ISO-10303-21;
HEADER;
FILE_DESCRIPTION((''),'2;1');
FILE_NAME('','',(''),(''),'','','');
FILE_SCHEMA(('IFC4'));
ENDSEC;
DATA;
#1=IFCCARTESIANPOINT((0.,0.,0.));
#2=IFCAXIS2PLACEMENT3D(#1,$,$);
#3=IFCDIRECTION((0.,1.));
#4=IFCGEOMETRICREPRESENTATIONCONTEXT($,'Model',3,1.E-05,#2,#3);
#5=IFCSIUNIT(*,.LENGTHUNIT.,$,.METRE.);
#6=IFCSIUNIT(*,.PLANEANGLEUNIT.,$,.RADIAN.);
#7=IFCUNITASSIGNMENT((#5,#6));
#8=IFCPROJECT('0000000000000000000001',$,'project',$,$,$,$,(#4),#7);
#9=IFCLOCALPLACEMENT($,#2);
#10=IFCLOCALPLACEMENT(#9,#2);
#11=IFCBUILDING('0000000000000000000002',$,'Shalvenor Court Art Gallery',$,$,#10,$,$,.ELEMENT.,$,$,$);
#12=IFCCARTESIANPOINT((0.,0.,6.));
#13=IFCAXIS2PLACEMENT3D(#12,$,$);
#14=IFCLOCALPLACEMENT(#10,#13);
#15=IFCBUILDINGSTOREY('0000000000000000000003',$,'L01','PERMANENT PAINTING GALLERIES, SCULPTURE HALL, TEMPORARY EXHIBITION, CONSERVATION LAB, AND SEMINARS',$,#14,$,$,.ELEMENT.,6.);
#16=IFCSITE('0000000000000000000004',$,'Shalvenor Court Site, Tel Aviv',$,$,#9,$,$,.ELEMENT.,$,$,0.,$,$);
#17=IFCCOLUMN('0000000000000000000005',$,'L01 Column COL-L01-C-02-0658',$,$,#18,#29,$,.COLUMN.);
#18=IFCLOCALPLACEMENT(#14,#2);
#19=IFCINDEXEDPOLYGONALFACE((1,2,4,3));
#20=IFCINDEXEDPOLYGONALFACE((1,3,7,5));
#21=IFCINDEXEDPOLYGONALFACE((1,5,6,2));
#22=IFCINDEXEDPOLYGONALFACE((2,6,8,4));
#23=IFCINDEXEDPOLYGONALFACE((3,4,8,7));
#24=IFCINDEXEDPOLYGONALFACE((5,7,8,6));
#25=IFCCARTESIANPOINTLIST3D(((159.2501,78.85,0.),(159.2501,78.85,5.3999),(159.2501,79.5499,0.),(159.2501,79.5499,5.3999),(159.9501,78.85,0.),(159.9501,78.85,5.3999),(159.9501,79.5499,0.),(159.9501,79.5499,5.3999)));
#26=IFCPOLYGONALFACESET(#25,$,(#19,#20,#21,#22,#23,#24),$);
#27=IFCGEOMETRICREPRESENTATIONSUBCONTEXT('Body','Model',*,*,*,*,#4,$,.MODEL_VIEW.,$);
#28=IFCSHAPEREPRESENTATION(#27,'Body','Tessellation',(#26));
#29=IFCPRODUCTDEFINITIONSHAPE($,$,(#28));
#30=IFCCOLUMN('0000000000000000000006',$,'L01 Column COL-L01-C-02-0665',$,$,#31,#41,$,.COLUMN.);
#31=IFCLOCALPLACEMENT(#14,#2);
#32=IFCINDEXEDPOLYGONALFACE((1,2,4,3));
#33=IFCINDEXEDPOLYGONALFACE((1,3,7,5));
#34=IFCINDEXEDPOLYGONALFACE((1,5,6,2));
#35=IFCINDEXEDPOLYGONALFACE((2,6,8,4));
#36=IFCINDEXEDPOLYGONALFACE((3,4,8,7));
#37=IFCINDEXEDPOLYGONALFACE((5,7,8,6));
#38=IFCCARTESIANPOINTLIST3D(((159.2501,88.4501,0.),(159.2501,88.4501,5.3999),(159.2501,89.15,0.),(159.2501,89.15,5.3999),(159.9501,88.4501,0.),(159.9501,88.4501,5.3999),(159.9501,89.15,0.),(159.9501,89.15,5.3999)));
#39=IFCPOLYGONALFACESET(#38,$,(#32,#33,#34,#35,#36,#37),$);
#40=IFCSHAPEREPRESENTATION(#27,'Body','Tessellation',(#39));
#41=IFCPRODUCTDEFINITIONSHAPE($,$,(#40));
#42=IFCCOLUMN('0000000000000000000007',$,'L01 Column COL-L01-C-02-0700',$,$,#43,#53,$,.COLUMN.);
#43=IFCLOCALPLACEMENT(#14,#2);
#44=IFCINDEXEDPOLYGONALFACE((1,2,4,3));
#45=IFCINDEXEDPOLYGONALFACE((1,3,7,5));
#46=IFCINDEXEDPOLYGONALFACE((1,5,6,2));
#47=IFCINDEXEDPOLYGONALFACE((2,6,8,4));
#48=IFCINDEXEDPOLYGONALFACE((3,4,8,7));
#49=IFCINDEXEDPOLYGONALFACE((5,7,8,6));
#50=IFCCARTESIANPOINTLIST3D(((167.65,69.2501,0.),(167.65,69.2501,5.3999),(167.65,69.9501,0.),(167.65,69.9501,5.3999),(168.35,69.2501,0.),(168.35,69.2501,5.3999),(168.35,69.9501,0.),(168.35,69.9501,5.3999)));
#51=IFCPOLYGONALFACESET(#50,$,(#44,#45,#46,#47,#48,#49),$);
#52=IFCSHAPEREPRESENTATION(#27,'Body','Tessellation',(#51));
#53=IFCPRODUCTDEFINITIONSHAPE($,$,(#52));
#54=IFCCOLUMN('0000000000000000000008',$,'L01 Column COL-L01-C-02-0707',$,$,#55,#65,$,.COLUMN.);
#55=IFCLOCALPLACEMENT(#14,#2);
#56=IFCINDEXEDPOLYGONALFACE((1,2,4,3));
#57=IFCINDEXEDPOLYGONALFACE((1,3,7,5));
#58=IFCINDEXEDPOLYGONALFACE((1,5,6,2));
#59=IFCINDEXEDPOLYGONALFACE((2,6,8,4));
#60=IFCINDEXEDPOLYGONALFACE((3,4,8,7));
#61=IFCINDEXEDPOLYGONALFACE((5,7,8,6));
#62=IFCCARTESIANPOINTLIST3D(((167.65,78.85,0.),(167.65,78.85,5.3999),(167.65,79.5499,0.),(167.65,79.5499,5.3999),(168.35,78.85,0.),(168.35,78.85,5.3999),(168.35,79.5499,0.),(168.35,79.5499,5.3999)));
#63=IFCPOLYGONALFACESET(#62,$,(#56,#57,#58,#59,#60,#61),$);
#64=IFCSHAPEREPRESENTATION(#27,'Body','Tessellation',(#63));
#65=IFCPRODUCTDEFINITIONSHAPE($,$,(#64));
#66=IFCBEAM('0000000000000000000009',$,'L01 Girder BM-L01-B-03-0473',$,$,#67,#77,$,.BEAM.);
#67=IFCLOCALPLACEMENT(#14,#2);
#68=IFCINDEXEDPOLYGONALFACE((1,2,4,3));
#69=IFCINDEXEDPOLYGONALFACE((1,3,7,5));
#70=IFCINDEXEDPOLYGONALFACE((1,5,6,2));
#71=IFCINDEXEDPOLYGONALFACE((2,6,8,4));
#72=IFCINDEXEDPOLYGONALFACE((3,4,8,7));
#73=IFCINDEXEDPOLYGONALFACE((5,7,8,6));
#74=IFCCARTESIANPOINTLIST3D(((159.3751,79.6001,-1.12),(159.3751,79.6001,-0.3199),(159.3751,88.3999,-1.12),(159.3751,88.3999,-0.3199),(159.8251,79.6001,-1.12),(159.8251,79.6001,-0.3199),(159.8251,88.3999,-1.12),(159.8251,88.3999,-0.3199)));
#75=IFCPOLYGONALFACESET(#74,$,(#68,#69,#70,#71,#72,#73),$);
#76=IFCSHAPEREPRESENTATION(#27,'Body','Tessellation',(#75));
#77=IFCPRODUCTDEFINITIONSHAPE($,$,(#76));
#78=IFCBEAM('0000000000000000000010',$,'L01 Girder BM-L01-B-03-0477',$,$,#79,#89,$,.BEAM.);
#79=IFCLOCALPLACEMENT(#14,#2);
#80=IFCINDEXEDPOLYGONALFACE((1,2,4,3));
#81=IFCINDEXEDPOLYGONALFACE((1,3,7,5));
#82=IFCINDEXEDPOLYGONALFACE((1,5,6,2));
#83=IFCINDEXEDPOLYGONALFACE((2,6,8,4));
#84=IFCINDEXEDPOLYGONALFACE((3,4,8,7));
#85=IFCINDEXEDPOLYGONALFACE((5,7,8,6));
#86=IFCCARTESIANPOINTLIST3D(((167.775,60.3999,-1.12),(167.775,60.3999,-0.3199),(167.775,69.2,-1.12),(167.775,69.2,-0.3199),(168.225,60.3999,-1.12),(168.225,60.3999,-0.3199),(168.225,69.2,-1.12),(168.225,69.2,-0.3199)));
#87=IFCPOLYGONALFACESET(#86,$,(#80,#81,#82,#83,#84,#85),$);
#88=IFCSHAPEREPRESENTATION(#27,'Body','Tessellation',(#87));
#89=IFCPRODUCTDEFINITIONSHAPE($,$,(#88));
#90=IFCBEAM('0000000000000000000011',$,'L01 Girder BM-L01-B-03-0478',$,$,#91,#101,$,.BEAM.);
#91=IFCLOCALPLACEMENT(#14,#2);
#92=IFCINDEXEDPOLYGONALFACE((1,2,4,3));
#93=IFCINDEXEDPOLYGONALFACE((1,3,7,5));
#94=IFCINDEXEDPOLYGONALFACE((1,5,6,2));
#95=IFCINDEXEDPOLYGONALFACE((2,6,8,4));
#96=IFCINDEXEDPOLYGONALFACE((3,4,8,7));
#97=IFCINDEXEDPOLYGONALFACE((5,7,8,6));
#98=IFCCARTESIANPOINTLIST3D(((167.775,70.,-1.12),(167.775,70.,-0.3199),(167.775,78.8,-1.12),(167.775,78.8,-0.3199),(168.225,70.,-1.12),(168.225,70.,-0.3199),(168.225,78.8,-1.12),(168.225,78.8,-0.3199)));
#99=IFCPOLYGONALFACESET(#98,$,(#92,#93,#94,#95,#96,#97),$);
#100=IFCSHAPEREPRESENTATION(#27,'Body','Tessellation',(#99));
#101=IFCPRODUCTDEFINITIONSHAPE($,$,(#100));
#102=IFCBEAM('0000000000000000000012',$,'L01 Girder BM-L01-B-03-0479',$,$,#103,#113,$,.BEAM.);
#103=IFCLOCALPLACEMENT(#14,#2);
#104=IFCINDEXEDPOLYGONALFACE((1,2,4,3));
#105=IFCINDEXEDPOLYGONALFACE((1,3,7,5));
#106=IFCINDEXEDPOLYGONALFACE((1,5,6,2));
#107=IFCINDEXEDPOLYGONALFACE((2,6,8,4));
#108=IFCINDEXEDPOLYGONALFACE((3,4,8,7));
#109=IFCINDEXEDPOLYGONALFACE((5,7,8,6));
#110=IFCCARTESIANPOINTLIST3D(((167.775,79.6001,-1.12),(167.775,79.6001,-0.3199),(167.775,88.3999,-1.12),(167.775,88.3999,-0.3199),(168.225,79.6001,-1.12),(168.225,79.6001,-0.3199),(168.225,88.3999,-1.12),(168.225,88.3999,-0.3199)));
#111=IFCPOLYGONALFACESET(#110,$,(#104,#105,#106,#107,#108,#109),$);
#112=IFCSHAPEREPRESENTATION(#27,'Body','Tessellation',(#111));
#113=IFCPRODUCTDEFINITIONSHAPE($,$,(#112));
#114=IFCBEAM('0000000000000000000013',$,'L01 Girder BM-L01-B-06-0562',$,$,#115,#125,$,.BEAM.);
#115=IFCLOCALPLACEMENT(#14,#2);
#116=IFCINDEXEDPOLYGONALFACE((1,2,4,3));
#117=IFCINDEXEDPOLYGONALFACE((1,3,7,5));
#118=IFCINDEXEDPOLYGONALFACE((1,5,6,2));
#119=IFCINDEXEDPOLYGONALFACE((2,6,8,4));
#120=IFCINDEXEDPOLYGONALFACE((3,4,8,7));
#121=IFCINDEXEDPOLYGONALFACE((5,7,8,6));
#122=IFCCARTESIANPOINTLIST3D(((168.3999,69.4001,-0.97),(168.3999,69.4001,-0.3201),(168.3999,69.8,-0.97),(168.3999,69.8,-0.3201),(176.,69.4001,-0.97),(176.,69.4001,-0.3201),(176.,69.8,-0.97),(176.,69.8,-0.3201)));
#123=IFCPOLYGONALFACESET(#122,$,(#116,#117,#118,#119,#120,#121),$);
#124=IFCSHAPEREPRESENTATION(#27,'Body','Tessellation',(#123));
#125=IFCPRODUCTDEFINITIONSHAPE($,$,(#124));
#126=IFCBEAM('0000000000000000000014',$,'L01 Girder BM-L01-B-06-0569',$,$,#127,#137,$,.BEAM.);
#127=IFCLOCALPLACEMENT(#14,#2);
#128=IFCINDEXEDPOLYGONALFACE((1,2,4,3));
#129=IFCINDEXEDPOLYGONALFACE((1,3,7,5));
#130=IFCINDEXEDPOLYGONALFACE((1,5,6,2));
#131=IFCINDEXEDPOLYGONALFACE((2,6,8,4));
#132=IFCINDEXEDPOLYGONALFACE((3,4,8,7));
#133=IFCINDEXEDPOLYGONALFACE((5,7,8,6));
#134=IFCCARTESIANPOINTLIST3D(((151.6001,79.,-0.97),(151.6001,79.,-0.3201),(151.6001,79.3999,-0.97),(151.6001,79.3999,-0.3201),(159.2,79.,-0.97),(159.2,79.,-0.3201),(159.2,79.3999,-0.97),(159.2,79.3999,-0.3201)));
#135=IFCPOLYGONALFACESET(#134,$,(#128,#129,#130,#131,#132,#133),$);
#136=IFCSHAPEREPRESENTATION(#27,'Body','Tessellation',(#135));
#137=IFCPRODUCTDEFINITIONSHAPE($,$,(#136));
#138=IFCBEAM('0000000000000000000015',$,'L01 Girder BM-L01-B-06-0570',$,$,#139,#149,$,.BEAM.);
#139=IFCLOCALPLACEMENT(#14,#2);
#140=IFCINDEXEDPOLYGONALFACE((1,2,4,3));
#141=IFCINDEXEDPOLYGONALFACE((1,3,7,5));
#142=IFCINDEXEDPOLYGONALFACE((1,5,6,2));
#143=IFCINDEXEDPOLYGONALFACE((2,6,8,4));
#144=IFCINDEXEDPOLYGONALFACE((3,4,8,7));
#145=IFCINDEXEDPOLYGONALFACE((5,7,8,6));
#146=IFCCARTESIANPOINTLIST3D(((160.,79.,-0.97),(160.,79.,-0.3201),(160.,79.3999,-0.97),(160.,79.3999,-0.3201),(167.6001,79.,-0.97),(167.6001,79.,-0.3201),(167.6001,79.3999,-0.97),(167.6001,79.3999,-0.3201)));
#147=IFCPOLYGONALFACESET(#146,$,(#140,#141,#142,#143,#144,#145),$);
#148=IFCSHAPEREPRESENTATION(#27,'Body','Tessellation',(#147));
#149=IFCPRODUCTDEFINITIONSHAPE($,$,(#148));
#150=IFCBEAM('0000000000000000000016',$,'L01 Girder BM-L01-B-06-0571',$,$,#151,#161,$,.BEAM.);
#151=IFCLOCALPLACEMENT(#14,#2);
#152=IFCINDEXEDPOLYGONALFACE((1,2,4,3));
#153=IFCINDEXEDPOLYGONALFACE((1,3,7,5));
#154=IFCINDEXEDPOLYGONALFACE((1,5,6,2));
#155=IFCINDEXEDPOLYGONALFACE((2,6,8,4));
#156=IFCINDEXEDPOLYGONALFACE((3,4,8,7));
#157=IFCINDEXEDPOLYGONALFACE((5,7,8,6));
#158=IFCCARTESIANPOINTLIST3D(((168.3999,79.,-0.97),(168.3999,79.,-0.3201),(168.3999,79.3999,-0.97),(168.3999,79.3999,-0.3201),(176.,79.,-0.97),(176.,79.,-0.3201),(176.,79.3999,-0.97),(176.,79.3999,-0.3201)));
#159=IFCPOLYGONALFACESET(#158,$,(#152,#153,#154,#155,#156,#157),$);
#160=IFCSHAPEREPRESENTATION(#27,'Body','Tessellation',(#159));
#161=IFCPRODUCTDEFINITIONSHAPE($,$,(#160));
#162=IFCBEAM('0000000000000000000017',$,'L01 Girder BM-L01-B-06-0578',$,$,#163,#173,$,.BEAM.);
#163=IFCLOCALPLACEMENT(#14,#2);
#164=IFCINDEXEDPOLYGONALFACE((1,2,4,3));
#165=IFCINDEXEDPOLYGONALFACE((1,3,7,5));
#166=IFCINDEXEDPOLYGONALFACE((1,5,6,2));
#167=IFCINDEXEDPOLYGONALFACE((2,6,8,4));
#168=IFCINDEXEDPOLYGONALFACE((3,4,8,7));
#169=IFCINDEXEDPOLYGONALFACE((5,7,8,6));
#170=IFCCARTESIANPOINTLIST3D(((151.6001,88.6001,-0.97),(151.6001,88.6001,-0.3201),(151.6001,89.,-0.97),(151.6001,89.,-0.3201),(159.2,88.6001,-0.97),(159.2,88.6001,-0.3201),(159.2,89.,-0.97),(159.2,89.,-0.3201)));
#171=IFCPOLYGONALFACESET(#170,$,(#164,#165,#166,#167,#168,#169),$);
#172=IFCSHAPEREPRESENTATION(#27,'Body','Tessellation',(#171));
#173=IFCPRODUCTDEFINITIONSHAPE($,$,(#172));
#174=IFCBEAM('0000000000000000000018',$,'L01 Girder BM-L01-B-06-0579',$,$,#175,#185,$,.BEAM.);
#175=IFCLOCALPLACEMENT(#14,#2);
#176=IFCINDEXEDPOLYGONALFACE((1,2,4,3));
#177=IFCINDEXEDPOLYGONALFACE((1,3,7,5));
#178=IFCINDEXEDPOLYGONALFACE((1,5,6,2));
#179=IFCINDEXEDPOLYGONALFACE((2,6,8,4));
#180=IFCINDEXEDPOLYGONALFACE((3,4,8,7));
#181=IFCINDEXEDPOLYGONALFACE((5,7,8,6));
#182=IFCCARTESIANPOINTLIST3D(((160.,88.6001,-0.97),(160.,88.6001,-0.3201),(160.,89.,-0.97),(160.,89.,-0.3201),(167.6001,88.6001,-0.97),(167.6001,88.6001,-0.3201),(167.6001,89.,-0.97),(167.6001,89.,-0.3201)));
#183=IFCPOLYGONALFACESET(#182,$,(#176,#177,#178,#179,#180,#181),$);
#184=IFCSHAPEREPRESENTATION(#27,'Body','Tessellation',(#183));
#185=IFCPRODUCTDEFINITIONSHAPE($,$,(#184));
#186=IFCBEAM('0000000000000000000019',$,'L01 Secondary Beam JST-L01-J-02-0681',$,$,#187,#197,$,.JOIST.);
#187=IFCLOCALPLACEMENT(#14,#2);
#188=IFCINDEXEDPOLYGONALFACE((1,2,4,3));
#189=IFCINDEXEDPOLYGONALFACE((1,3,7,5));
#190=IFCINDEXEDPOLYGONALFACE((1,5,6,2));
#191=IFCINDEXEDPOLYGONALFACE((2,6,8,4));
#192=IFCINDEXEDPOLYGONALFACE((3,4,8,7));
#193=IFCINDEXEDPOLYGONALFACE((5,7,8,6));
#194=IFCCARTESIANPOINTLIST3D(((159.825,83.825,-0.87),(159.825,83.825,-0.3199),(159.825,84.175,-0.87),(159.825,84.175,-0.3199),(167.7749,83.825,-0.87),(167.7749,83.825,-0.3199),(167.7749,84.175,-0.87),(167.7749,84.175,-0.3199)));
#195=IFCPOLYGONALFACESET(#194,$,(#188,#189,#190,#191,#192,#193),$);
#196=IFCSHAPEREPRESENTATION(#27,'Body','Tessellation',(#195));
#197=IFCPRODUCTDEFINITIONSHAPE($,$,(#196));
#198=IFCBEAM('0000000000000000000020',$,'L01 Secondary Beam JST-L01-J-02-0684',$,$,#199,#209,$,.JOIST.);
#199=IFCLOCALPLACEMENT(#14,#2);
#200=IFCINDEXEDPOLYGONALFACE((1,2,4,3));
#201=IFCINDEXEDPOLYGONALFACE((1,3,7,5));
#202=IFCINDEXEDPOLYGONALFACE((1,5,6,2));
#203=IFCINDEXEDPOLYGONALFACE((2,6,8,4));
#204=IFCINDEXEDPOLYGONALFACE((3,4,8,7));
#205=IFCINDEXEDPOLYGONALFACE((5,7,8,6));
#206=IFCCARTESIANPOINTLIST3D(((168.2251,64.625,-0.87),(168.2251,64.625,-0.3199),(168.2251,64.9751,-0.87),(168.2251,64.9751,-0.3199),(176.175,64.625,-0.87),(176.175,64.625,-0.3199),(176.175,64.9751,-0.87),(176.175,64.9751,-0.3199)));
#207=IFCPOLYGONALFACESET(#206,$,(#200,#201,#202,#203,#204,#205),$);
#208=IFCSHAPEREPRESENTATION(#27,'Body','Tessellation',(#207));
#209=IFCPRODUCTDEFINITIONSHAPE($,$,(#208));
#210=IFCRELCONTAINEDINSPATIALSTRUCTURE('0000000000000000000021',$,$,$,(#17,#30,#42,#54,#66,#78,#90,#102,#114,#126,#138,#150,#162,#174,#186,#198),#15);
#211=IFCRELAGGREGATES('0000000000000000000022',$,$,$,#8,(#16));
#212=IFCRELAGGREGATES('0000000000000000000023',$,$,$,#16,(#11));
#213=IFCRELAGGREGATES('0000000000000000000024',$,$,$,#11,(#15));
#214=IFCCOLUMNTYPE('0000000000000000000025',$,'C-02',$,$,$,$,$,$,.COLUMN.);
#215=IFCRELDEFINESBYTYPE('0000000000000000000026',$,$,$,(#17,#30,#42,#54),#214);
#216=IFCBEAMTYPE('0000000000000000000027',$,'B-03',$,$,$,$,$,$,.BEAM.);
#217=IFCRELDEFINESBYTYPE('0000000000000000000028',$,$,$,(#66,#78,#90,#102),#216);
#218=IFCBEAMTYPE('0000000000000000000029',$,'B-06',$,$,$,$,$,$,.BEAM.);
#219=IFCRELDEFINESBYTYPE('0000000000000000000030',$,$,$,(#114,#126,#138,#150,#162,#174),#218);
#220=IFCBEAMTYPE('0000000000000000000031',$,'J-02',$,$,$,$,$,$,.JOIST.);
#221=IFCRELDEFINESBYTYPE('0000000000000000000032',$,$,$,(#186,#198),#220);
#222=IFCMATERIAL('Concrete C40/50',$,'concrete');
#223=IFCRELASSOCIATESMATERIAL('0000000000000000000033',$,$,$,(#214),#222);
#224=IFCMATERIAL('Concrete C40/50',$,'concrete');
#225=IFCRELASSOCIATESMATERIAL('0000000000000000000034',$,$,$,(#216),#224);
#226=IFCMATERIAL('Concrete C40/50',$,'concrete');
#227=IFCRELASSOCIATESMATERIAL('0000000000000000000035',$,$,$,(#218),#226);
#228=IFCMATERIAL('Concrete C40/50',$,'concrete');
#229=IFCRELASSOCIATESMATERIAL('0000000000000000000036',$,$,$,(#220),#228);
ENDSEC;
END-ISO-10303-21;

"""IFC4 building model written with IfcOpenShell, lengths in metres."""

from ifc_helpers import new_model, si_unit, direction, frame, origin, origin_2d, place, context, subcontext, project, spatial, rectangle, extrude, material, material_profile, profile_set, type_object, element, save


model = new_model("IFC4")

# Units and contexts
model_context = context("Model", 3, precision=1e-05, world=origin(), true_north=direction((0.0, 1.0)))
body_context = subcontext(model_context, "Body", "Model", "MODEL_VIEW")
ifc_project = project(units=[si_unit("LENGTHUNIT", "METRE"), si_unit("PLANEANGLEUNIT", "RADIAN")], contexts=[model_context])

# Site, building, storey
site_placement = place(None, origin())
site = spatial("IfcSite", under=ifc_project, at=site_placement, Name="Shalvenor Court Site, Tel Aviv", CompositionType="ELEMENT", RefElevation=0.0)
building_placement = place(site_placement, origin())
building = spatial("IfcBuilding", under=site, at=building_placement, Name="Shalvenor Court Art Gallery", CompositionType="ELEMENT")
storey_placement = place(building_placement, frame((0.0, 0.0, 6.0)))
storey = spatial("IfcBuildingStorey", under=building, at=storey_placement, Name="L01", Description="PERMANENT PAINTING GALLERIES, SCULPTURE HALL, TEMPORARY EXHIBITION, CONSERVATION LAB, AND SEMINARS", CompositionType="ELEMENT", Elevation=6.0)

# Columns
ifc_material_1 = material(Name="Concrete C40/50", Category="concrete")
ifc_material_profile_1 = material_profile(ifc_material_1, rectangle(XDim=0.7, YDim=0.7, at=origin_2d()), Name="RC 700x700")
ifc_profile_set_1 = profile_set([ifc_material_profile_1], Name="Concrete C40/50")
column_type = type_object("IfcColumnType", Name="C-02", PredefinedType="COLUMN", material=ifc_profile_set_1)
for number, where, z_axis, x_axis, name in (
    (1, (159.6001, 79.2, 0.0), (0.0, 0.0, 1.0), (1.0, 0.0, 0.0), "L01 Column COL-L01-C-02-0658"),
    (2, (159.6001, 88.8, 0.0), (0.0, 0.0, 1.0), (1.0, 0.0, 0.0), "L01 Column COL-L01-C-02-0665"),
    (3, (168.0, 69.6001, 0.0), (0.0, 0.0, 1.0), (1.0, 0.0, 0.0), "L01 Column COL-L01-C-02-0700"),
    (4, (168.0, 79.2, 0.0), (0.0, 0.0, 1.0), (1.0, 0.0, 0.0), "L01 Column COL-L01-C-02-0707"),
):
    element("IfcColumn", number, at=place(storey_placement, frame(where, z_axis=z_axis, x_axis=x_axis)), inside=storey, type_object=column_type, Name=name, PredefinedType="COLUMN", context=body_context, shape_type="SweptSolid", body=[
        extrude(rectangle(XDim=0.7, YDim=0.7, at=origin_2d()), origin(), (0.0, 0.0, 1.0), 5.3999),
    ])

# Beams
ifc_material_2 = material(Name="Concrete C40/50", Category="concrete")
ifc_material_profile_2 = material_profile(ifc_material_2, rectangle(XDim=0.45, YDim=0.8, at=origin_2d()), Name="RC 450x800")
ifc_profile_set_2 = profile_set([ifc_material_profile_2], Name="Concrete C40/50")
beam_type_1 = type_object("IfcBeamType", Name="B-03", PredefinedType="BEAM", material=ifc_profile_set_2)
beam_1_placement = place(storey_placement, frame((159.6001, 79.6001, -0.72), z_axis=(0.0, 1.0, 0.0), x_axis=(-1.0, 0.0, 0.0)))
element("IfcBeam", 5, at=beam_1_placement, inside=storey, type_object=beam_type_1, Name="L01 Girder BM-L01-B-03-0473", PredefinedType="BEAM", context=body_context, shape_type="SweptSolid", body=[
    extrude(rectangle(XDim=0.45, YDim=0.8, at=origin_2d()), origin(), (0.0, 0.0, 1.0), 8.7998),
])
for number, where, z_axis, x_axis, name in (
    (6, (168.0, 60.3999, -0.72), (0.0, 1.0, 0.0), (-1.0, 0.0, 0.0), "L01 Girder BM-L01-B-03-0477"),
    (7, (168.0, 70.0, -0.72), (0.0, 1.0, 0.0), (-1.0, 0.0, 0.0), "L01 Girder BM-L01-B-03-0478"),
):
    element("IfcBeam", number, at=place(storey_placement, frame(where, z_axis=z_axis, x_axis=x_axis)), inside=storey, type_object=beam_type_1, Name=name, PredefinedType="BEAM", context=body_context, shape_type="SweptSolid", body=[
        extrude(rectangle(XDim=0.45, YDim=0.8, at=origin_2d()), origin(), (0.0, 0.0, 1.0), 8.8),
    ])
beam_2_placement = place(storey_placement, frame((168.0, 79.6001, -0.72), z_axis=(0.0, 1.0, 0.0), x_axis=(-1.0, 0.0, 0.0)))
element("IfcBeam", 8, at=beam_2_placement, inside=storey, type_object=beam_type_1, Name="L01 Girder BM-L01-B-03-0479", PredefinedType="BEAM", context=body_context, shape_type="SweptSolid", body=[
    extrude(rectangle(XDim=0.45, YDim=0.8, at=origin_2d()), origin(), (0.0, 0.0, 1.0), 8.7998),
])
ifc_material_3 = material(Name="Concrete C40/50", Category="concrete")
ifc_material_profile_3 = material_profile(ifc_material_3, rectangle(XDim=0.3999, YDim=0.6499, at=origin_2d()), Name="RC 400x650")
ifc_profile_set_3 = profile_set([ifc_material_profile_3], Name="Concrete C40/50")
beam_type_2 = type_object("IfcBeamType", Name="B-06", PredefinedType="BEAM", material=ifc_profile_set_3)
beam_3_placement = place(storey_placement, frame((168.3999, 69.6001, -0.645), z_axis=(1.0, 0.0, 0.0), x_axis=(0.0, 1.0, 0.0)))
element("IfcBeam", 9, at=beam_3_placement, inside=storey, type_object=beam_type_2, Name="L01 Girder BM-L01-B-06-0562", PredefinedType="BEAM", context=body_context, shape_type="SweptSolid", body=[
    extrude(rectangle(XDim=0.3999, YDim=0.6499, at=origin_2d()), origin(), (0.0, 0.0, 1.0), 7.6001),
])
beam_4_placement = place(storey_placement, frame((151.6001, 79.2, -0.645), z_axis=(1.0, 0.0, 0.0), x_axis=(0.0, 1.0, 0.0)))
element("IfcBeam", 10, at=beam_4_placement, inside=storey, type_object=beam_type_2, Name="L01 Girder BM-L01-B-06-0569", PredefinedType="BEAM", context=body_context, shape_type="SweptSolid", body=[
    extrude(rectangle(XDim=0.3999, YDim=0.6499, at=origin_2d()), origin(), (0.0, 0.0, 1.0), 7.5999),
])
for number, where, z_axis, x_axis, name in (
    (11, (160.0, 79.2, -0.645), (1.0, 0.0, 0.0), (0.0, 1.0, 0.0), "L01 Girder BM-L01-B-06-0570"),
    (12, (168.3999, 79.2, -0.645), (1.0, 0.0, 0.0), (0.0, 1.0, 0.0), "L01 Girder BM-L01-B-06-0571"),
):
    element("IfcBeam", number, at=place(storey_placement, frame(where, z_axis=z_axis, x_axis=x_axis)), inside=storey, type_object=beam_type_2, Name=name, PredefinedType="BEAM", context=body_context, shape_type="SweptSolid", body=[
        extrude(rectangle(XDim=0.3999, YDim=0.6499, at=origin_2d()), origin(), (0.0, 0.0, 1.0), 7.6001),
    ])
beam_5_placement = place(storey_placement, frame((151.6001, 88.8, -0.645), z_axis=(1.0, 0.0, 0.0), x_axis=(0.0, 1.0, 0.0)))
element("IfcBeam", 13, at=beam_5_placement, inside=storey, type_object=beam_type_2, Name="L01 Girder BM-L01-B-06-0578", PredefinedType="BEAM", context=body_context, shape_type="SweptSolid", body=[
    extrude(rectangle(XDim=0.3999, YDim=0.6499, at=origin_2d()), origin(), (0.0, 0.0, 1.0), 7.5999),
])
beam_6_placement = place(storey_placement, frame((160.0, 88.8, -0.645), z_axis=(1.0, 0.0, 0.0), x_axis=(0.0, 1.0, 0.0)))
element("IfcBeam", 14, at=beam_6_placement, inside=storey, type_object=beam_type_2, Name="L01 Girder BM-L01-B-06-0579", PredefinedType="BEAM", context=body_context, shape_type="SweptSolid", body=[
    extrude(rectangle(XDim=0.3999, YDim=0.6499, at=origin_2d()), origin(), (0.0, 0.0, 1.0), 7.6001),
])
ifc_material_4 = material(Name="Concrete C40/50", Category="concrete")
ifc_material_profile_4 = material_profile(ifc_material_4, rectangle(XDim=0.3501, YDim=0.55, at=origin_2d()), Name="RC 350x550")
ifc_profile_set_4 = profile_set([ifc_material_profile_4], Name="Concrete C40/50")
beam_type_3 = type_object("IfcBeamType", Name="J-02", PredefinedType="JOIST", material=ifc_profile_set_4)
for number, where, z_axis, x_axis, name in (
    (15, (159.825, 84.0, -0.595), (1.0, 0.0, 0.0), (0.0, 1.0, 0.0), "L01 Secondary Beam JST-L01-J-02-0681"),
    (16, (168.2251, 64.8, -0.595), (1.0, 0.0, 0.0), (0.0, 1.0, 0.0), "L01 Secondary Beam JST-L01-J-02-0684"),
):
    element("IfcBeam", number, at=place(storey_placement, frame(where, z_axis=z_axis, x_axis=x_axis)), inside=storey, type_object=beam_type_3, Name=name, PredefinedType="JOIST", context=body_context, shape_type="SweptSolid", body=[
        extrude(rectangle(XDim=0.3501, YDim=0.55, at=origin_2d()), origin(), (0.0, 0.0, 1.0), 7.95),
    ])

save(model, "model.ifc")
